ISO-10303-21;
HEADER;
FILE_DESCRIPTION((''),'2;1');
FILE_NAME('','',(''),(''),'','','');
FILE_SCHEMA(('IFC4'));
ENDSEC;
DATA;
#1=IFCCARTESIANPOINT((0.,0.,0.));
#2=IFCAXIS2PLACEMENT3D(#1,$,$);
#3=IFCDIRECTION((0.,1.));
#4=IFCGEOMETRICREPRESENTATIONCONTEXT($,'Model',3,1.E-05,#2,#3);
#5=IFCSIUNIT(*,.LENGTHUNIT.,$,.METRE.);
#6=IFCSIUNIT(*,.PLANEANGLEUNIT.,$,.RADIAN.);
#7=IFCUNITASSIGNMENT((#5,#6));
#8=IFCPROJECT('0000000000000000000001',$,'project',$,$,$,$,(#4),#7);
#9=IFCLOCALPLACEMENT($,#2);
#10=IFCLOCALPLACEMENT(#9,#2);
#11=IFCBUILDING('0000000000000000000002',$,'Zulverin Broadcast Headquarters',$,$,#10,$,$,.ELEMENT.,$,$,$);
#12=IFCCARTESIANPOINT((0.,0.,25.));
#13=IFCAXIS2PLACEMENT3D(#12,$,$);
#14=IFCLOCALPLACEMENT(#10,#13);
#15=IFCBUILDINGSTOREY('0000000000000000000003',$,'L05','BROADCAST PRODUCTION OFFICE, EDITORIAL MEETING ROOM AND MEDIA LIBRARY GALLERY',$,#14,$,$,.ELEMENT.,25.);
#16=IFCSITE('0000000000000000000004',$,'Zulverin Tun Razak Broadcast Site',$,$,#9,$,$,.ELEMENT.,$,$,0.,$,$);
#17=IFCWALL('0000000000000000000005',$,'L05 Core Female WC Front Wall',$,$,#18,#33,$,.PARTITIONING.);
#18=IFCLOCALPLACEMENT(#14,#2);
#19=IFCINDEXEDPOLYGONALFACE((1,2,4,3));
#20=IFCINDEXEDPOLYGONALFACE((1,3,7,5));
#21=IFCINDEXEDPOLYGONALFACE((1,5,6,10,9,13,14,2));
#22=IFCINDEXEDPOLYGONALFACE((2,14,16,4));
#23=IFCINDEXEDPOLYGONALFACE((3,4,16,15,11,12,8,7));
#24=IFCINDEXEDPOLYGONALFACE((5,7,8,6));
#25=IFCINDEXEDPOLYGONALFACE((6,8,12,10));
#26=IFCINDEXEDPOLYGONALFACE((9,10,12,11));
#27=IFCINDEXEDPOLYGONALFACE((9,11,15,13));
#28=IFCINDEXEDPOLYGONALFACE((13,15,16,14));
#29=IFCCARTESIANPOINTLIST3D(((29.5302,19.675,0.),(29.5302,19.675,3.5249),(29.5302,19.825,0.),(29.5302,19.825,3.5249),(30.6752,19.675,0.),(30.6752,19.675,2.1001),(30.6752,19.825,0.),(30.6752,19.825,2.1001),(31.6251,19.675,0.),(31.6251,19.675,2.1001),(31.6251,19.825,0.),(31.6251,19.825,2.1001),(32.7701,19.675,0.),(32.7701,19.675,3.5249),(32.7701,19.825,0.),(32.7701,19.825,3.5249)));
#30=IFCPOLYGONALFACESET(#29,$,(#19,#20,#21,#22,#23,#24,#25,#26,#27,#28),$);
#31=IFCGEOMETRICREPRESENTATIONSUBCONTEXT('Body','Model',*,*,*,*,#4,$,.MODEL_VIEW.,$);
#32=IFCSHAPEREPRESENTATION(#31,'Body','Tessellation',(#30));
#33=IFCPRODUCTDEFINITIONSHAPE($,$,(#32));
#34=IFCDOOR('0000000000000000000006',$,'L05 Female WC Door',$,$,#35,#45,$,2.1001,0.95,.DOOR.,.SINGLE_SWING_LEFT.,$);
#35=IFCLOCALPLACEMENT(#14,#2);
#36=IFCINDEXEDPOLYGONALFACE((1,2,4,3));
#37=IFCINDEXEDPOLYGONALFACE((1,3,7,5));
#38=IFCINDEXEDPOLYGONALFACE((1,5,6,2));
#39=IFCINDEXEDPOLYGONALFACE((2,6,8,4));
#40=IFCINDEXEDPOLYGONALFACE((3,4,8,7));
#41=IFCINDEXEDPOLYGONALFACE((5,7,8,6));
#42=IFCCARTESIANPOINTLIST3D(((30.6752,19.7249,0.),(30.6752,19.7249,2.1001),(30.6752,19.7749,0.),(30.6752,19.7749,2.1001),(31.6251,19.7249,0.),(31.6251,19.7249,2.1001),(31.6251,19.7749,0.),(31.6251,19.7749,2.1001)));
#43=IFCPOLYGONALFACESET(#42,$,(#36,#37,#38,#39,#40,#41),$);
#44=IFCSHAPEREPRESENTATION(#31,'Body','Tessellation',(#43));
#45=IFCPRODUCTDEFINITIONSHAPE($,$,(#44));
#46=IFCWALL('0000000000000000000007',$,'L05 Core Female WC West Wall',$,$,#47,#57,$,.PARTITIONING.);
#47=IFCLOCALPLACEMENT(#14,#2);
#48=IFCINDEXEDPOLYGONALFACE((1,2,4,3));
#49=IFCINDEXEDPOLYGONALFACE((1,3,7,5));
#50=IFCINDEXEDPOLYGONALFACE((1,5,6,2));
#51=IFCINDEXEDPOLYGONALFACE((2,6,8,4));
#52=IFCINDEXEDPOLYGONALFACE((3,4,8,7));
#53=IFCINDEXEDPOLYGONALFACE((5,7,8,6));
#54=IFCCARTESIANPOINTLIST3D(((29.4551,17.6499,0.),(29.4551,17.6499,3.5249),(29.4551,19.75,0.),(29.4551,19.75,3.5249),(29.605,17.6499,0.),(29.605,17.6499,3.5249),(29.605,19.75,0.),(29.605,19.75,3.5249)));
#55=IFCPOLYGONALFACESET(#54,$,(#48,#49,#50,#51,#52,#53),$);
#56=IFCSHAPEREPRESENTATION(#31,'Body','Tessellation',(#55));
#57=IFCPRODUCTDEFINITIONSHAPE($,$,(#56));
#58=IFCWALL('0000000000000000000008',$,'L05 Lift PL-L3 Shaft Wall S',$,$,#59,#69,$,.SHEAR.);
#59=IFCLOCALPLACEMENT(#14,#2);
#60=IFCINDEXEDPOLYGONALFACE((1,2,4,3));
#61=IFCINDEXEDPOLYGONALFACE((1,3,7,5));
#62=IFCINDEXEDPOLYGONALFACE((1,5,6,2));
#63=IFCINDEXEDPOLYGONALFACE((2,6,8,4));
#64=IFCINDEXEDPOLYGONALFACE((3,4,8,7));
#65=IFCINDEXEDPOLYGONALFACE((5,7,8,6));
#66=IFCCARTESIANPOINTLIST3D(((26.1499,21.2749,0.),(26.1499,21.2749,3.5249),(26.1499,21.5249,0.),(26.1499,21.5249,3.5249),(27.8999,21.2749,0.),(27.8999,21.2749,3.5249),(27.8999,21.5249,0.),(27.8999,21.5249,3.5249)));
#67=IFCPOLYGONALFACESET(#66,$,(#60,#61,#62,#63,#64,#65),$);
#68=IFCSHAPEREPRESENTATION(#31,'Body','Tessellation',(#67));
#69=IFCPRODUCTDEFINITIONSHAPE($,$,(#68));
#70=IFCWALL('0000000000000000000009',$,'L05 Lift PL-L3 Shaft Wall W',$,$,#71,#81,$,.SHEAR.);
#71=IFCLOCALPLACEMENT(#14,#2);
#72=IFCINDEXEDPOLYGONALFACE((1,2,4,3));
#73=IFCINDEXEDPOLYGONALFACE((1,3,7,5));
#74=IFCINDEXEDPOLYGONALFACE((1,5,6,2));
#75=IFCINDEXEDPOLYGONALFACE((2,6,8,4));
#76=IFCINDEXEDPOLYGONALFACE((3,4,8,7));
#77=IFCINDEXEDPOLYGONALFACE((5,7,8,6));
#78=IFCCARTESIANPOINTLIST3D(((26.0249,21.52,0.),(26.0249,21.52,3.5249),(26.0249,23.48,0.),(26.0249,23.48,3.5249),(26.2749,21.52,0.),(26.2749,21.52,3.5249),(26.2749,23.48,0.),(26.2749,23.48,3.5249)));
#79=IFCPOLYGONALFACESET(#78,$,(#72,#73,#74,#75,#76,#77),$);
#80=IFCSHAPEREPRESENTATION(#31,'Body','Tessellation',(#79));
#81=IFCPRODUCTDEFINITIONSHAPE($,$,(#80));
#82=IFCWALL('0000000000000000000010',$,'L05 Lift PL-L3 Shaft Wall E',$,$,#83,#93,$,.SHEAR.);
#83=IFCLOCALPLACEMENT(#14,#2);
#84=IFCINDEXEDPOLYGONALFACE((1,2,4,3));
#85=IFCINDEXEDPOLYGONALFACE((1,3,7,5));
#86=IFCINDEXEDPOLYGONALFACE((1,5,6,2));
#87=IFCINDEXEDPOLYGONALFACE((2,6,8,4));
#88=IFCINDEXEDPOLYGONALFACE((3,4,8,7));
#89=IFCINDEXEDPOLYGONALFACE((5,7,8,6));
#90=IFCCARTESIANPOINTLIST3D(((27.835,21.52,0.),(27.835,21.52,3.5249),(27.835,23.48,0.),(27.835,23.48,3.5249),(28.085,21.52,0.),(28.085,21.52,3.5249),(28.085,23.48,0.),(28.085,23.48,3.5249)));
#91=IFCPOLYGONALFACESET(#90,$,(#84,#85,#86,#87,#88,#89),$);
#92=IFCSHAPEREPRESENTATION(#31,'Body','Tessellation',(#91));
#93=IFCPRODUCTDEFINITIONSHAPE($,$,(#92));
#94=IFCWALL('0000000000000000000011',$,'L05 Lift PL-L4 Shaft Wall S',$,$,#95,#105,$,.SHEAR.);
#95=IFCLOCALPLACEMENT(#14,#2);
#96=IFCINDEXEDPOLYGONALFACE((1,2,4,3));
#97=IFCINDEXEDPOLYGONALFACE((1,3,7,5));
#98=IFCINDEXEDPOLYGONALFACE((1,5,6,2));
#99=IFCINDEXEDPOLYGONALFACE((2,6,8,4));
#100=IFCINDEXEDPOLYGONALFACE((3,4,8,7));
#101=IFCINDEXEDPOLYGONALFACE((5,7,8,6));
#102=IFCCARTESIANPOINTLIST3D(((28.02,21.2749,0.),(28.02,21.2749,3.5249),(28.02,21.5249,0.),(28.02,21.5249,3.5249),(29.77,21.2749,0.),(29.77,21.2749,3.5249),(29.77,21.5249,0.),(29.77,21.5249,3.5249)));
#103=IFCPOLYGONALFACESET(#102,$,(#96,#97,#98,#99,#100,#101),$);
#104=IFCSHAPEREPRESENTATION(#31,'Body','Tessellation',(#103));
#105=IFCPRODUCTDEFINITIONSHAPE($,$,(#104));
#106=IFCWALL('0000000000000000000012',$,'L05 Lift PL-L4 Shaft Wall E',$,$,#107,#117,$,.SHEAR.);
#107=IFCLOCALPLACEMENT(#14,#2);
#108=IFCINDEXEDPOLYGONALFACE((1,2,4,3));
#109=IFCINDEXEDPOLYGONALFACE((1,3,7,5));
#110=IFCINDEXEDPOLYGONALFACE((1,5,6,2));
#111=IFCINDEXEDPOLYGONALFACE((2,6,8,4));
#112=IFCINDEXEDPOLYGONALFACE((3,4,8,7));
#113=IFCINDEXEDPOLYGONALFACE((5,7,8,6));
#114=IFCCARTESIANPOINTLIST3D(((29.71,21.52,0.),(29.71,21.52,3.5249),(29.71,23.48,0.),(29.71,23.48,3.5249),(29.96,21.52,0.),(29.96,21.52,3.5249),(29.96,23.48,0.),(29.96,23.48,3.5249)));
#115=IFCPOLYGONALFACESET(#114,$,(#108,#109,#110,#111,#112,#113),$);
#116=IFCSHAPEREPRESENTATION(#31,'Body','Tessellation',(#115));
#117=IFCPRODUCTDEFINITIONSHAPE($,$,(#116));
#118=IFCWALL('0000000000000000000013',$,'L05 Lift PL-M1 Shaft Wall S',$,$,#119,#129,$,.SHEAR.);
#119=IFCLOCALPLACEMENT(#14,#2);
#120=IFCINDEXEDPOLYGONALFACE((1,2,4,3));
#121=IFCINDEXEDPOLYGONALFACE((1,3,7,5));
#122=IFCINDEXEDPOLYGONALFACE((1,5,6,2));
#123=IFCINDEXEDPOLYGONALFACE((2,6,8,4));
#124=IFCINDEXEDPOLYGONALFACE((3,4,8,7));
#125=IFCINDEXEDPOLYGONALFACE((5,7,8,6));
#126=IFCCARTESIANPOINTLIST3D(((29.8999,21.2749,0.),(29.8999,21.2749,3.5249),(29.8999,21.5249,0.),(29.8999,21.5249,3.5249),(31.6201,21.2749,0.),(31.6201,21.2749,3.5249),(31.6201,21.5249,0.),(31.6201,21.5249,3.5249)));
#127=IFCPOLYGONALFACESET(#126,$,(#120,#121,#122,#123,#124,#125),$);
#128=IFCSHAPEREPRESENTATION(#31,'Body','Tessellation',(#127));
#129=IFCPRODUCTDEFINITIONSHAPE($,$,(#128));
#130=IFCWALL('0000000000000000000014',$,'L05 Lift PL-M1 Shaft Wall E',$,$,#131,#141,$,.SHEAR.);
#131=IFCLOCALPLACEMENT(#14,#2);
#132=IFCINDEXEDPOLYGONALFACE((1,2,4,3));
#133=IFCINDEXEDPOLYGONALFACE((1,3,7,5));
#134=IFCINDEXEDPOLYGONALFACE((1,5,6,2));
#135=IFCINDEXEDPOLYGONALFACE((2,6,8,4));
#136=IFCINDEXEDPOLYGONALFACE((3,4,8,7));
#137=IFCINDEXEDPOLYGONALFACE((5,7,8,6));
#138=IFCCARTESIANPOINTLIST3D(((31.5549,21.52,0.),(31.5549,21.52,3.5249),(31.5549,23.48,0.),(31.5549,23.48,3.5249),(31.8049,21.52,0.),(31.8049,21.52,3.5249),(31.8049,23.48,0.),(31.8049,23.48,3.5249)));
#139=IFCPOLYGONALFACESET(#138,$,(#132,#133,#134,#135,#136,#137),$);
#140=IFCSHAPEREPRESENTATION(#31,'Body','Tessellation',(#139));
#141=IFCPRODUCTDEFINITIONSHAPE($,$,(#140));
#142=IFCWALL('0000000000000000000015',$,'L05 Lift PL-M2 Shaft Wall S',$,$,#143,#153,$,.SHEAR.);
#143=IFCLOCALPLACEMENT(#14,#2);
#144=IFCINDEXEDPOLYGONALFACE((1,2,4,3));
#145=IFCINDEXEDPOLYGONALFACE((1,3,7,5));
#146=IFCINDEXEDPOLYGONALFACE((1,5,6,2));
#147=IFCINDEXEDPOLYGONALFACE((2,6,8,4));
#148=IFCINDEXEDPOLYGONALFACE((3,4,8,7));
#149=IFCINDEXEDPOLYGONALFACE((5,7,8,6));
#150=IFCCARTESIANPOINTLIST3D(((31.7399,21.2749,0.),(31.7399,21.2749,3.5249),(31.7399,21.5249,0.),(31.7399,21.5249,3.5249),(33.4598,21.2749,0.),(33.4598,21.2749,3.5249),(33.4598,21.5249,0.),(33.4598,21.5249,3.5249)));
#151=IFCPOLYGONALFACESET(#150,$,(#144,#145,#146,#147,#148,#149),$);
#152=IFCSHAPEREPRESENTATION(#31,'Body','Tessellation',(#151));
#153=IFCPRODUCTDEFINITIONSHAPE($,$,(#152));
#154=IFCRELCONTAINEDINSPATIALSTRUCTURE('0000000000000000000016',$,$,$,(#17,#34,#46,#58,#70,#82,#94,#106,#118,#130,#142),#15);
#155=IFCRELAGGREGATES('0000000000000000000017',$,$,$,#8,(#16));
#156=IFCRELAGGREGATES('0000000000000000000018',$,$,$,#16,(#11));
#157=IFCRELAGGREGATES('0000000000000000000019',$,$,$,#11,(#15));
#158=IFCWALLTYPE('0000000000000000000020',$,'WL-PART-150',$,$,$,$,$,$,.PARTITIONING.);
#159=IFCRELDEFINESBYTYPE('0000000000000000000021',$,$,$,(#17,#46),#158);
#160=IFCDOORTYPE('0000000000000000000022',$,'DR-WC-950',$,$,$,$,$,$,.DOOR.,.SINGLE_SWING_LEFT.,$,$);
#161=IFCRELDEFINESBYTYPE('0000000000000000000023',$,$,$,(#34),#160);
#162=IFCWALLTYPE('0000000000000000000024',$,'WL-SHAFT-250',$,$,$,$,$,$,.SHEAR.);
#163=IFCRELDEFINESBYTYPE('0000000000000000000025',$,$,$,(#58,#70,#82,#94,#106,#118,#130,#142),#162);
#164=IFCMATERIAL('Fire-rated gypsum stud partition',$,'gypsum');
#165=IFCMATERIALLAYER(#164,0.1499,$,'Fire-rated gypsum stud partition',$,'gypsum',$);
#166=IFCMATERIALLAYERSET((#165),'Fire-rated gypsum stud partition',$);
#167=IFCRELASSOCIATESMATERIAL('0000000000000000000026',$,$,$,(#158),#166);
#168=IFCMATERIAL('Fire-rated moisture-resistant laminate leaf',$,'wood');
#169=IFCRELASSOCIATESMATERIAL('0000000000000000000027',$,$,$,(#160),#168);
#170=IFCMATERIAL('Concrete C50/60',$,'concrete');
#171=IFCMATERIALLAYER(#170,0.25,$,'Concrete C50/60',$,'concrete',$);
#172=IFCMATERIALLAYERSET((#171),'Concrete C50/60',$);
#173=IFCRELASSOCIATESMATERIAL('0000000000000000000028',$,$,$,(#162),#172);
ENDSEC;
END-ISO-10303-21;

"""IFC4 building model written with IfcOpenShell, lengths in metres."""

from ifc_helpers import new_model, si_unit, direction, frame, frame_2d, origin, place, context, subcontext, project, spatial, rectangle, extrude, material, layer, layer_set, type_object, element, fill, save


model = new_model("IFC4")

# Units and contexts
model_context = context("Model", 3, precision=1e-05, world=origin(), true_north=direction((0.0, 1.0)))
body_context = subcontext(model_context, "Body", "Model", "MODEL_VIEW")
ifc_project = project(units=[si_unit("LENGTHUNIT", "METRE"), si_unit("PLANEANGLEUNIT", "RADIAN")], contexts=[model_context])

# Site, building, storey
site_placement = place(None, origin())
site = spatial("IfcSite", under=ifc_project, at=site_placement, Name="Zulverin Tun Razak Broadcast Site", CompositionType="ELEMENT", RefElevation=0.0)
building_placement = place(site_placement, origin())
building = spatial("IfcBuilding", under=site, at=building_placement, Name="Zulverin Broadcast Headquarters", CompositionType="ELEMENT")
storey_placement = place(building_placement, frame((0.0, 0.0, 25.0)))
storey = spatial("IfcBuildingStorey", under=building, at=storey_placement, Name="L05", Description="BROADCAST PRODUCTION OFFICE, EDITORIAL MEETING ROOM AND MEDIA LIBRARY GALLERY", CompositionType="ELEMENT", Elevation=25.0)

# Shared definitions
ifc_material_1 = material(Name="Fire-rated gypsum stud partition", Category="gypsum")
ifc_layer_1 = layer(ifc_material_1, 0.1499, Name="Fire-rated gypsum stud partition", Category="gypsum")
ifc_layer_set_1 = layer_set([ifc_layer_1], Name="Fire-rated gypsum stud partition")
wall_type_1 = type_object("IfcWallType", Name="WL-PART-150", PredefinedType="PARTITIONING", material=ifc_layer_set_1)
ifc_material_2 = material(Name="Fire-rated moisture-resistant laminate leaf", Category="wood")
door_type_1 = type_object("IfcDoorType", Name="DR-WC-950", OperationType="SINGLE_SWING_LEFT", PredefinedType="DOOR", material=ifc_material_2)

# Wall, opening, door
wall_1_placement = place(storey_placement, frame((29.53, 19.75, 0.0), z_axis=(0.0, 0.0, 1.0), x_axis=(1.0, 0.0, 0.0)))
wall_1 = element("IfcWall", 1, at=wall_1_placement, inside=storey, type_object=wall_type_1, Name="L05 Core Female WC Front Wall", PredefinedType="PARTITIONING", context=body_context, shape_type="SweptSolid", body=[
    extrude(rectangle(XDim=3.24, YDim=0.1499, at=frame_2d((1.6201, 0.0))), origin(), (0.0, 0.0, 1.0), 3.5249),
])
opening_1_placement = place(wall_1_placement, frame((1.145, 0.0, 0.0)))
opening_1 = element("IfcOpeningElement", 2, at=opening_1_placement, cuts=wall_1, PredefinedType="OPENING", context=body_context, shape_type="SweptSolid", body=[
    extrude(rectangle(XDim=0.95, YDim=2.1001, at=frame_2d((0.4751, 1.05))), frame((0.0, 0.085, 0.0), z_axis=(0.0, -1.0, 0.0), x_axis=(1.0, 0.0, 0.0)), (0.0, 0.0, 1.0), 0.1699),
])
door_1_placement = place(opening_1_placement, origin())
door_1 = element("IfcDoor", 3, at=door_1_placement, inside=storey, type_object=door_type_1, Name="L05 Female WC Door", OperationType="SINGLE_SWING_LEFT", OverallHeight=2.1001, OverallWidth=0.95, PredefinedType="DOOR", context=body_context, shape_type="SweptSolid", body=[
    extrude(rectangle(XDim=0.95, YDim=2.1001, at=frame_2d((0.4751, 1.05))), frame((0.0, 0.0249, 0.0), z_axis=(0.0, -1.0, 0.0), x_axis=(1.0, 0.0, 0.0)), (0.0, 0.0, 1.0), 0.05),
])
fill(opening_1, door_1)

# Walls
wall_2_placement = place(storey_placement, frame((29.53, 17.6499, 0.0), z_axis=(0.0, 0.0, 1.0), x_axis=(0.0, 1.0, 0.0)))
element("IfcWall", 4, at=wall_2_placement, inside=storey, type_object=wall_type_1, Name="L05 Core Female WC West Wall", PredefinedType="PARTITIONING", context=body_context, shape_type="SweptSolid", body=[
    extrude(rectangle(XDim=2.1001, YDim=0.1499, at=frame_2d((1.05, 0.0))), origin(), (0.0, 0.0, 1.0), 3.5249),
])
ifc_material_3 = material(Name="Concrete C50/60", Category="concrete")
ifc_layer_2 = layer(ifc_material_3, 0.25, Name="Concrete C50/60", Category="concrete")
ifc_layer_set_2 = layer_set([ifc_layer_2], Name="Concrete C50/60")
wall_type_2 = type_object("IfcWallType", Name="WL-SHAFT-250", PredefinedType="SHEAR", material=ifc_layer_set_2)
wall_3_placement = place(storey_placement, frame((26.1499, 21.3999, 0.0), z_axis=(0.0, 0.0, 1.0), x_axis=(1.0, 0.0, 0.0)))
element("IfcWall", 5, at=wall_3_placement, inside=storey, type_object=wall_type_2, Name="L05 Lift PL-L3 Shaft Wall S", PredefinedType="SHEAR", context=body_context, shape_type="SweptSolid", body=[
    extrude(rectangle(XDim=1.75, YDim=0.25, at=frame_2d((0.875, 0.0))), origin(), (0.0, 0.0, 1.0), 3.5249),
])
for number, where, z_axis, x_axis, name in (
    (6, (26.1499, 21.52, 0.0), (0.0, 0.0, 1.0), (0.0, 1.0, 0.0), "L05 Lift PL-L3 Shaft Wall W"),
    (7, (27.96, 21.52, 0.0), (0.0, 0.0, 1.0), (0.0, 1.0, 0.0), "L05 Lift PL-L3 Shaft Wall E"),
):
    element("IfcWall", number, at=place(storey_placement, frame(where, z_axis=z_axis, x_axis=x_axis)), inside=storey, type_object=wall_type_2, Name=name, PredefinedType="SHEAR", context=body_context, shape_type="SweptSolid", body=[
        extrude(rectangle(XDim=1.96, YDim=0.25, at=frame_2d((0.98, 0.0))), origin(), (0.0, 0.0, 1.0), 3.5249),
    ])
wall_4_placement = place(storey_placement, frame((28.02, 21.3999, 0.0), z_axis=(0.0, 0.0, 1.0), x_axis=(1.0, 0.0, 0.0)))
element("IfcWall", 8, at=wall_4_placement, inside=storey, type_object=wall_type_2, Name="L05 Lift PL-L4 Shaft Wall S", PredefinedType="SHEAR", context=body_context, shape_type="SweptSolid", body=[
    extrude(rectangle(XDim=1.75, YDim=0.25, at=frame_2d((0.875, 0.0))), origin(), (0.0, 0.0, 1.0), 3.5249),
])
wall_5_placement = place(storey_placement, frame((29.835, 21.52, 0.0), z_axis=(0.0, 0.0, 1.0), x_axis=(0.0, 1.0, 0.0)))
element("IfcWall", 9, at=wall_5_placement, inside=storey, type_object=wall_type_2, Name="L05 Lift PL-L4 Shaft Wall E", PredefinedType="SHEAR", context=body_context, shape_type="SweptSolid", body=[
    extrude(rectangle(XDim=1.96, YDim=0.25, at=frame_2d((0.98, 0.0))), origin(), (0.0, 0.0, 1.0), 3.5249),
])
wall_6_placement = place(storey_placement, frame((29.8999, 21.3999, 0.0), z_axis=(0.0, 0.0, 1.0), x_axis=(1.0, 0.0, 0.0)))
element("IfcWall", 10, at=wall_6_placement, inside=storey, type_object=wall_type_2, Name="L05 Lift PL-M1 Shaft Wall S", PredefinedType="SHEAR", context=body_context, shape_type="SweptSolid", body=[
    extrude(rectangle(XDim=1.7202, YDim=0.25, at=frame_2d((0.8601, 0.0))), origin(), (0.0, 0.0, 1.0), 3.5249),
])
wall_7_placement = place(storey_placement, frame((31.6799, 21.52, 0.0), z_axis=(0.0, 0.0, 1.0), x_axis=(0.0, 1.0, 0.0)))
element("IfcWall", 11, at=wall_7_placement, inside=storey, type_object=wall_type_2, Name="L05 Lift PL-M1 Shaft Wall E", PredefinedType="SHEAR", context=body_context, shape_type="SweptSolid", body=[
    extrude(rectangle(XDim=1.96, YDim=0.25, at=frame_2d((0.98, 0.0))), origin(), (0.0, 0.0, 1.0), 3.5249),
])
wall_8_placement = place(storey_placement, frame((31.74, 21.3999, 0.0), z_axis=(0.0, 0.0, 1.0), x_axis=(1.0, 0.0, 0.0)))
element("IfcWall", 12, at=wall_8_placement, inside=storey, type_object=wall_type_2, Name="L05 Lift PL-M2 Shaft Wall S", PredefinedType="SHEAR", context=body_context, shape_type="SweptSolid", body=[
    extrude(rectangle(XDim=1.72, YDim=0.25, at=frame_2d((0.8599, 0.0))), origin(), (0.0, 0.0, 1.0), 3.5249),
])

save(model, "model.ifc")
